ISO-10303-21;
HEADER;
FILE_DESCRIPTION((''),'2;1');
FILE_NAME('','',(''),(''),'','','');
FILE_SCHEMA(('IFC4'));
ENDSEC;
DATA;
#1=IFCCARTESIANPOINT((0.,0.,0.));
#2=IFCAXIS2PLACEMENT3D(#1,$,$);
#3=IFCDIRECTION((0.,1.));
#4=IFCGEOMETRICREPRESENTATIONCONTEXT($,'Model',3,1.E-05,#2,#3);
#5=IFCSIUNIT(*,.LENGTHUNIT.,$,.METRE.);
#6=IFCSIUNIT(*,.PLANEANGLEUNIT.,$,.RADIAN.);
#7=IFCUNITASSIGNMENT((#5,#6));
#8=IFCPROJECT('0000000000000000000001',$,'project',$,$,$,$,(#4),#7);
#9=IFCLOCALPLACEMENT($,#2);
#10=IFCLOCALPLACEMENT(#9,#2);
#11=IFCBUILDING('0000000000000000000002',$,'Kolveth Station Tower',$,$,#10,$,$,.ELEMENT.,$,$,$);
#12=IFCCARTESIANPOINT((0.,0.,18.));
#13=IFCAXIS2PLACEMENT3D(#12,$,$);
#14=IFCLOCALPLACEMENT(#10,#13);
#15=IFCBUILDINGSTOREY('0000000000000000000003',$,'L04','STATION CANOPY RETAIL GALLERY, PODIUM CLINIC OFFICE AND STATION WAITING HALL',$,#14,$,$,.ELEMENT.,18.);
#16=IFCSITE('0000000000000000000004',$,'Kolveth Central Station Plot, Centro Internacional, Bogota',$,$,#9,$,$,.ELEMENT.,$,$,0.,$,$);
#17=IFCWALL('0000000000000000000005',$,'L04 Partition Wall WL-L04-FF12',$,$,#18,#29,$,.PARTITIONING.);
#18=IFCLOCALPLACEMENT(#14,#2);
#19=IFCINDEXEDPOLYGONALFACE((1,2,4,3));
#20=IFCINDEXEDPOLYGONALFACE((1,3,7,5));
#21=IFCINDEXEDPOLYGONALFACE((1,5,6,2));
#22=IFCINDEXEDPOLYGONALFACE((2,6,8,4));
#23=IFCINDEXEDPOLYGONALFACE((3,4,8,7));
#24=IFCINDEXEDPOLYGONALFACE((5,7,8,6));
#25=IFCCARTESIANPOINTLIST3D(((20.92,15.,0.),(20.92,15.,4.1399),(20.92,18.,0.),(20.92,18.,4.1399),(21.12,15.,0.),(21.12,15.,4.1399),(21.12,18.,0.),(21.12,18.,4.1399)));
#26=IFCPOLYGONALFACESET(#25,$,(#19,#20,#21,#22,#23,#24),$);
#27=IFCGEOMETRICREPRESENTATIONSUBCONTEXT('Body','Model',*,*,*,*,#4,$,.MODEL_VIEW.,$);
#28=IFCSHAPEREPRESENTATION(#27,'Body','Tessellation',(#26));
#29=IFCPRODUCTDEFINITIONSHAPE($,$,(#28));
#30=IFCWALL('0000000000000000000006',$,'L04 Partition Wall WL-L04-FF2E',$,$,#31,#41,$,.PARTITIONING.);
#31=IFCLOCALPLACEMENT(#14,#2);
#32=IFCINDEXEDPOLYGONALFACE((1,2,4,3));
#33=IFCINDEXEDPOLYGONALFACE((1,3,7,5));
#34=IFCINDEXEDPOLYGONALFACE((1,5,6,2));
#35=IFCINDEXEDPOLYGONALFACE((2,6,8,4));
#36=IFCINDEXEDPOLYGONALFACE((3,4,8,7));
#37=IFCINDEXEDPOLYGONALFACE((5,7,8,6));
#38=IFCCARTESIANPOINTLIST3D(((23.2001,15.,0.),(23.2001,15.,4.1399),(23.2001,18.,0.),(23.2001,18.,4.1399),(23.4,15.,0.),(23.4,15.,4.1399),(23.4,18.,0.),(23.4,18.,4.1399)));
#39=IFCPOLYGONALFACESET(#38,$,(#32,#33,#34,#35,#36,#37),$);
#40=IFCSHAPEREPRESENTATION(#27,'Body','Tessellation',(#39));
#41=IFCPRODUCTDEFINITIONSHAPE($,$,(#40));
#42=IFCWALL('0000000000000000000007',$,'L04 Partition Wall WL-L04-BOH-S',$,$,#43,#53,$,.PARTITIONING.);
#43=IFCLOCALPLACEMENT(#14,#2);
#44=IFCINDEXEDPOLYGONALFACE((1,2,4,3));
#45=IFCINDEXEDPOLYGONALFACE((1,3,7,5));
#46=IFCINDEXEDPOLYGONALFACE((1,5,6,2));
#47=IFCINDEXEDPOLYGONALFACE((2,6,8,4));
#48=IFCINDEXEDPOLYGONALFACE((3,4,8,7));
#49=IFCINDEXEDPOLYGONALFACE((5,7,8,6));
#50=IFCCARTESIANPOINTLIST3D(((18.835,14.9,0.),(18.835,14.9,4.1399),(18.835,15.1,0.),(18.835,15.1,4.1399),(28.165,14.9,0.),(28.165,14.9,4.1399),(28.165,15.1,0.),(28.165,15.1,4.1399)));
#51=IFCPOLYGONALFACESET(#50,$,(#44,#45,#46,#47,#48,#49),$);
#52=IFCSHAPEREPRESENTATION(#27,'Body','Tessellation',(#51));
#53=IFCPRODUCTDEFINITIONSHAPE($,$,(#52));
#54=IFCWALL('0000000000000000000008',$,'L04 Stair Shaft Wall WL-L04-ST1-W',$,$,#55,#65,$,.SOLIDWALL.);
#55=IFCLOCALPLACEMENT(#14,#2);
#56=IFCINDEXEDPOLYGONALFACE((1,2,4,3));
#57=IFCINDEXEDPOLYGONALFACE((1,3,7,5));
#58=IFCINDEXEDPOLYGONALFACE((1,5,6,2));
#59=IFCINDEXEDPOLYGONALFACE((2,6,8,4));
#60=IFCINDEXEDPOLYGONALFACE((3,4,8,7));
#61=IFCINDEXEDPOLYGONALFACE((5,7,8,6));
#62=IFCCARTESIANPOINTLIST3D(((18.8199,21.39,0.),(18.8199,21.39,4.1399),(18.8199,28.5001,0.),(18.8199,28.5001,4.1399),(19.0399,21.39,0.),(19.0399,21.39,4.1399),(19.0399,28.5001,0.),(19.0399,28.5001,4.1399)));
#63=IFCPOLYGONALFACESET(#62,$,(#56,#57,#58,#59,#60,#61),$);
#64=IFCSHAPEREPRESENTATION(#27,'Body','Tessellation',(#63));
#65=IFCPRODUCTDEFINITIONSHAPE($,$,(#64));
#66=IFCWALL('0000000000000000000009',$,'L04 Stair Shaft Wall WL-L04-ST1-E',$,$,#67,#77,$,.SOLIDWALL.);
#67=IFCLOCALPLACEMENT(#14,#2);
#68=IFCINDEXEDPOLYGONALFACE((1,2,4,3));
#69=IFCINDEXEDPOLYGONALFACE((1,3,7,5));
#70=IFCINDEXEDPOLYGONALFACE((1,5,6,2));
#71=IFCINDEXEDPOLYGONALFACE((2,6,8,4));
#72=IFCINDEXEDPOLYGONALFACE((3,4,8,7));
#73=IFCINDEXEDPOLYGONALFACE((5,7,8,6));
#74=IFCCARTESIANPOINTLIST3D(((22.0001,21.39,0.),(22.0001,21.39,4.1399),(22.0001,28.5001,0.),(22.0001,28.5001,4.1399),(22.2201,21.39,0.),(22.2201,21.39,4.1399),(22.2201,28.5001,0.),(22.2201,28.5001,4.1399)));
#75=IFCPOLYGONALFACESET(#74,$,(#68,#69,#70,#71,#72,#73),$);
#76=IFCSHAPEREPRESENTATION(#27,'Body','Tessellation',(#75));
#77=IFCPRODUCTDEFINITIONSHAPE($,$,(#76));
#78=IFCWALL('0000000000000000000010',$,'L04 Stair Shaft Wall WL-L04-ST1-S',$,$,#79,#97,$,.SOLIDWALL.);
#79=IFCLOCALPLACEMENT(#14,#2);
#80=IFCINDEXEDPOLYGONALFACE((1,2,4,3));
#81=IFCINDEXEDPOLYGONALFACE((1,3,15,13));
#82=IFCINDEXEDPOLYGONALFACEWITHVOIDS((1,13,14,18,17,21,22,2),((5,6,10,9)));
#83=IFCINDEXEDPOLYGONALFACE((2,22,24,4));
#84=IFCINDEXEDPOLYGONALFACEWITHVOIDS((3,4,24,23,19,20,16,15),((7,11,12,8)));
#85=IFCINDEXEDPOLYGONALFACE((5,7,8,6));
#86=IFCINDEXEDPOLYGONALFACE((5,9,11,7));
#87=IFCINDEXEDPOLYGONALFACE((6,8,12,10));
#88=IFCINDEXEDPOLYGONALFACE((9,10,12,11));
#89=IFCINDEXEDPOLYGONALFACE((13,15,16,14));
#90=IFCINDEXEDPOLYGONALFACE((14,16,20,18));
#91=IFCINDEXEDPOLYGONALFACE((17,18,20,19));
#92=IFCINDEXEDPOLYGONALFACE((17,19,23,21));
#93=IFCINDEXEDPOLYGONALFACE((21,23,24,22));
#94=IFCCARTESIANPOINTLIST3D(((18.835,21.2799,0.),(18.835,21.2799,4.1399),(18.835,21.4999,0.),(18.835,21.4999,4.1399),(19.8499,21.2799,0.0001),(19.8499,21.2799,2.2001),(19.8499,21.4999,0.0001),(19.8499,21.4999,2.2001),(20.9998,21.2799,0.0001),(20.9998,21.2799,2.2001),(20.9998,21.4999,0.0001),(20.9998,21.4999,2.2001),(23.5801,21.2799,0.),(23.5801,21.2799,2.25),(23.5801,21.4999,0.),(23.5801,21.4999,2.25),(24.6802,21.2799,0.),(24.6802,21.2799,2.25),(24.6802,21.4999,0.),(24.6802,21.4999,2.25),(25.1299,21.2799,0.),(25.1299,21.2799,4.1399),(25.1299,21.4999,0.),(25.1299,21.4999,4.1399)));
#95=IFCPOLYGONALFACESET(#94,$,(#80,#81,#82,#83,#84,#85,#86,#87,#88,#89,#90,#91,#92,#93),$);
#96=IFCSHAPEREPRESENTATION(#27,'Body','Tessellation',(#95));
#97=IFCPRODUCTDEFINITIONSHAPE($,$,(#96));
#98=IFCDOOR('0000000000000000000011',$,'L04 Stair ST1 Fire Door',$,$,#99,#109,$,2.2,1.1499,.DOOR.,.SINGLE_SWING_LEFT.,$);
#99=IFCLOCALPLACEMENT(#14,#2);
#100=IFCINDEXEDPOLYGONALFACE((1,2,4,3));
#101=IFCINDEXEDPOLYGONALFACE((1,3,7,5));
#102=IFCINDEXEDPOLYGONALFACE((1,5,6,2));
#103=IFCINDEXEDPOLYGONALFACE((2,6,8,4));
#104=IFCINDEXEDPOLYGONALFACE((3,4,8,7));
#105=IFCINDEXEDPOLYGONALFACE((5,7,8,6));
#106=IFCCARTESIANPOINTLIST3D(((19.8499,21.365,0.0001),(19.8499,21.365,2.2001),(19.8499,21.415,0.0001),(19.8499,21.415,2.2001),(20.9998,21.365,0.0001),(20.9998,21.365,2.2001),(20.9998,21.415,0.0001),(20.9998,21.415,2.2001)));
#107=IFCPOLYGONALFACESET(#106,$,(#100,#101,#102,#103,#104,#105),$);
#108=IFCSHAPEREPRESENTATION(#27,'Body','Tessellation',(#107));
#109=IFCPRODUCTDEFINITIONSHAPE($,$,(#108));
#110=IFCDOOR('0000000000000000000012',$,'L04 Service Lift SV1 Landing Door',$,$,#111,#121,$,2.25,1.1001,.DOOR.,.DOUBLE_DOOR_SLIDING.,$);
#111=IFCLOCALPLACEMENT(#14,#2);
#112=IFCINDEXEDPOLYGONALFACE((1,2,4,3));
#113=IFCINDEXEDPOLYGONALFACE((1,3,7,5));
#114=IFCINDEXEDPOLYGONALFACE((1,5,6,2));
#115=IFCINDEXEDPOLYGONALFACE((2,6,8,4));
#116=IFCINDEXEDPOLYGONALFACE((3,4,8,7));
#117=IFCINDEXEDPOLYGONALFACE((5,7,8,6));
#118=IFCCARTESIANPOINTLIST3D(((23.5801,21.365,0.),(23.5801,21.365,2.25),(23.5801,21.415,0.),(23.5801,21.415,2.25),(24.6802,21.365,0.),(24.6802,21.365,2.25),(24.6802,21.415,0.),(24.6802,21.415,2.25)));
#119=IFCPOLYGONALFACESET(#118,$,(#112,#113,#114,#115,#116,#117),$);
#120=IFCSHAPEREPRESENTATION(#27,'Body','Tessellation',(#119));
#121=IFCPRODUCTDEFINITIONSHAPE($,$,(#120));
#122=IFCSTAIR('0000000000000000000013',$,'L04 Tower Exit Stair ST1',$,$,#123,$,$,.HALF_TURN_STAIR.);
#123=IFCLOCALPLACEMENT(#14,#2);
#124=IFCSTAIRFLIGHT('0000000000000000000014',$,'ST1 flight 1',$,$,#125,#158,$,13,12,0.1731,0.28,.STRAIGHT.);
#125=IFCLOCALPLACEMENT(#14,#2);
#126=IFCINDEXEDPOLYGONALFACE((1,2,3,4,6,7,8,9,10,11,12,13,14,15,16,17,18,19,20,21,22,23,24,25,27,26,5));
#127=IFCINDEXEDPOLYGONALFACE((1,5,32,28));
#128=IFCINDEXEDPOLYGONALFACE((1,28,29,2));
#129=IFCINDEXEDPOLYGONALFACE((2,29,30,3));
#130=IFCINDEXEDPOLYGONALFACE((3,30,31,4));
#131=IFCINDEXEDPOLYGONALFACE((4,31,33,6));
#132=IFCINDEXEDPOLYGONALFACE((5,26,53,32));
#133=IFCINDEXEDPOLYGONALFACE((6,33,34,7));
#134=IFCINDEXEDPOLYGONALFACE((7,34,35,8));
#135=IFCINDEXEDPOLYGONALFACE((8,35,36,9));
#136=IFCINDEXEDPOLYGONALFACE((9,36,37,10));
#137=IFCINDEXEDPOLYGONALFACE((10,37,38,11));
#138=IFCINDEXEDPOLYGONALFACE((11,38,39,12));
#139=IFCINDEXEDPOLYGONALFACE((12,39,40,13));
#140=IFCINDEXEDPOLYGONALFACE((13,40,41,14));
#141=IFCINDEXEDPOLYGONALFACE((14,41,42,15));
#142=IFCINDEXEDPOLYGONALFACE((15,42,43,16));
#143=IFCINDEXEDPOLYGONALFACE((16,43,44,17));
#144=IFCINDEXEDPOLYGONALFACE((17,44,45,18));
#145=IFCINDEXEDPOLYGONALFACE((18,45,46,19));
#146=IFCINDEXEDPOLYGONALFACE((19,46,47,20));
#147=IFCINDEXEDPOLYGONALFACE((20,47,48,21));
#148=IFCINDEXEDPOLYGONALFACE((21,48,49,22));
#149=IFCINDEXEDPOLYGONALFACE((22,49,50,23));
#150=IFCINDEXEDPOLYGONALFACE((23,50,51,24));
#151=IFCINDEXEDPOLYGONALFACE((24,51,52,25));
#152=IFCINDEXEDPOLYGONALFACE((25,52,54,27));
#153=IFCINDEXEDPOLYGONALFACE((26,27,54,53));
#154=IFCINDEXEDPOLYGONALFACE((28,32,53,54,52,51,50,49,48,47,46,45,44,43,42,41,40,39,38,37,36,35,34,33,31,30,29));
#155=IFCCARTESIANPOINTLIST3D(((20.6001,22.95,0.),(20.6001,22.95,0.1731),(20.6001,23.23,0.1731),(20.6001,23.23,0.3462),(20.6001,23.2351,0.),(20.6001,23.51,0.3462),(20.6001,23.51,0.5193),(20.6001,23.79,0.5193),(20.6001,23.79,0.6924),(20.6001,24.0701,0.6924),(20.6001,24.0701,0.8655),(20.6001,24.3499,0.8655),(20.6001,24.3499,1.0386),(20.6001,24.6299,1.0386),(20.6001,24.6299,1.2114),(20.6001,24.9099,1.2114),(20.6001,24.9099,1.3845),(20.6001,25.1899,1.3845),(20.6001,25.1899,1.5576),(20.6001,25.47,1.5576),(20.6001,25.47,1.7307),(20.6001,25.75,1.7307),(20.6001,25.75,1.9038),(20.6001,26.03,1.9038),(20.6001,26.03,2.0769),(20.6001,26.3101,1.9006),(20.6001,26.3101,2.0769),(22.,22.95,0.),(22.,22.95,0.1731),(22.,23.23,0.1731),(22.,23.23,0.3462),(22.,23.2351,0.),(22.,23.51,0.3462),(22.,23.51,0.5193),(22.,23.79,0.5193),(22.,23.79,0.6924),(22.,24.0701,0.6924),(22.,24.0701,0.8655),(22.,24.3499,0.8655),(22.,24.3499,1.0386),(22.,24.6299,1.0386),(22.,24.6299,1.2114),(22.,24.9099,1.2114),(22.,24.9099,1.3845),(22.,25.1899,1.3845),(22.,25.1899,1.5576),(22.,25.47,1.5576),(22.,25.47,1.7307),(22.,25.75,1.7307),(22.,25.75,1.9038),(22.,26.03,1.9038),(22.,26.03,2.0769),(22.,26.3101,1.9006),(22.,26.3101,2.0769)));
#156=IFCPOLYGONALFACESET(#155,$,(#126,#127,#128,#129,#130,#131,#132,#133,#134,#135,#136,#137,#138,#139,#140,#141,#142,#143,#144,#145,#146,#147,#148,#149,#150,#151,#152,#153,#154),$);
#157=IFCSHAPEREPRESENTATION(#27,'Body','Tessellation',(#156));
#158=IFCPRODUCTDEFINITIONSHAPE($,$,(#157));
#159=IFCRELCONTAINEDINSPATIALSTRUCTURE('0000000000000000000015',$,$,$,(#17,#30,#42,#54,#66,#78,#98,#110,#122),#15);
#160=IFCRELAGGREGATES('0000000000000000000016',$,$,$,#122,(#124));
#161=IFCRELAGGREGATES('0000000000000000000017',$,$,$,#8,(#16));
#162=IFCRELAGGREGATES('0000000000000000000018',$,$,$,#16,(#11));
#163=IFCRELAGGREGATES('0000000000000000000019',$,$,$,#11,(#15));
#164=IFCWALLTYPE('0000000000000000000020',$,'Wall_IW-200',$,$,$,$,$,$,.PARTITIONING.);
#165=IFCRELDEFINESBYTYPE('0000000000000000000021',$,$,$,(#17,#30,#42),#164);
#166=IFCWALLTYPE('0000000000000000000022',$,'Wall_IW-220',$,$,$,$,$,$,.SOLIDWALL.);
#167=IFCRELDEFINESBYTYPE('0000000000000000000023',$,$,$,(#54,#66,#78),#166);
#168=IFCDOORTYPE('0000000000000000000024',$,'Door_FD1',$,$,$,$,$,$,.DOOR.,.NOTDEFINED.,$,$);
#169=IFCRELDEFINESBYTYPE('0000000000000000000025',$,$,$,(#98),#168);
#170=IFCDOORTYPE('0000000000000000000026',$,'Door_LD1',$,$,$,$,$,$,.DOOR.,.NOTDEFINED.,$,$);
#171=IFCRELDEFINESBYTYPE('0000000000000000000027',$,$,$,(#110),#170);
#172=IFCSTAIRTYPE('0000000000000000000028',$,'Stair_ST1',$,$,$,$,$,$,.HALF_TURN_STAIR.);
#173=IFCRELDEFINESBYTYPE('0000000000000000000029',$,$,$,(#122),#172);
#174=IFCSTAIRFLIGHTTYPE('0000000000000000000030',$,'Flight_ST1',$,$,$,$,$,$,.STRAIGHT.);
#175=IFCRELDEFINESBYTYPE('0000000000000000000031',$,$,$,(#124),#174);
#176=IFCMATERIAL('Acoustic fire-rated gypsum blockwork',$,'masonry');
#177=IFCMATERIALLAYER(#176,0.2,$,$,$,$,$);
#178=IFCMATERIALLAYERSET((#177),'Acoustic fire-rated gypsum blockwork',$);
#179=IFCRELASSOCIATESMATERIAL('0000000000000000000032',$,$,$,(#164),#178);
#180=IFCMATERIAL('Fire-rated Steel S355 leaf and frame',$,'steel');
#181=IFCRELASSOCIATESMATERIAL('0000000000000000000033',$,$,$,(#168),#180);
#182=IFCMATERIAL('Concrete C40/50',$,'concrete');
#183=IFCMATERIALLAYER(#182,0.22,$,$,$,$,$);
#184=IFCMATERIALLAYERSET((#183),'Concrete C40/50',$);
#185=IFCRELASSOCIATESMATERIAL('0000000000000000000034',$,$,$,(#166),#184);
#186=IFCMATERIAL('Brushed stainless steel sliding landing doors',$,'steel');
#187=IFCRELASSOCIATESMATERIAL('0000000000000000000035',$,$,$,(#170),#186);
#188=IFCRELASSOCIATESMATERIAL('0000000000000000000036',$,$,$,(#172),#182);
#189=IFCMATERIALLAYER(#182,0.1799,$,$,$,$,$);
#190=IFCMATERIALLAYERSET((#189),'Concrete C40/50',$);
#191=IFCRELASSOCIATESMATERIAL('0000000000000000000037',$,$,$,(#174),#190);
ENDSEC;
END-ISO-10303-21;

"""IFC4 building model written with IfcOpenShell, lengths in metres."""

from ifc_helpers import new_model, si_unit, direction, frame, frame_2d, origin, place, context, subcontext, project, spatial, polyline, rectangle, outline, extrude, material, layer, layer_set, type_object, element, fill, aggregate, save


model = new_model("IFC4")

# Units and contexts
model_context = context("Model", 3, precision=1e-05, world=origin(), true_north=direction((0.0, 1.0)))
body_context = subcontext(model_context, "Body", "Model", "MODEL_VIEW")
ifc_project = project(units=[si_unit("LENGTHUNIT", "METRE"), si_unit("PLANEANGLEUNIT", "RADIAN")], contexts=[model_context])

# Site, building, storey
site_placement = place(None, origin())
site = spatial("IfcSite", under=ifc_project, at=site_placement, Name="Kolveth Central Station Plot, Centro Internacional, Bogota", CompositionType="ELEMENT", RefElevation=0.0)
building_placement = place(site_placement, origin())
building = spatial("IfcBuilding", under=site, at=building_placement, Name="Kolveth Station Tower", CompositionType="ELEMENT")
storey_placement = place(building_placement, frame((0.0, 0.0, 18.0)))
storey = spatial("IfcBuildingStorey", under=building, at=storey_placement, Name="L04", Description="STATION CANOPY RETAIL GALLERY, PODIUM CLINIC OFFICE AND STATION WAITING HALL", CompositionType="ELEMENT", Elevation=18.0)

# Shared definitions
ifc_material_1 = material(Name="Acoustic fire-rated gypsum blockwork", Category="masonry")
ifc_layer_1 = layer(ifc_material_1, 0.2)
ifc_layer_set_1 = layer_set([ifc_layer_1], Name="Acoustic fire-rated gypsum blockwork")
wall_type_1 = type_object("IfcWallType", Name="Wall_IW-200", PredefinedType="PARTITIONING", material=ifc_layer_set_1)

# Shared definitions
ifc_material_2 = material(Name="Fire-rated Steel S355 leaf and frame", Category="steel")
door_type_1 = type_object("IfcDoorType", Name="Door_FD1", OperationType="NOTDEFINED", PredefinedType="DOOR", material=ifc_material_2)

# Walls
for number, where, z_axis, x_axis, name in (
    (1, (21.02, 15.0, 0.0), (0.0, 0.0, 1.0), (0.0, 1.0, 0.0), "L04 Partition Wall WL-L04-FF12"),
    (2, (23.3, 15.0, 0.0), (0.0, 0.0, 1.0), (0.0, 1.0, 0.0), "L04 Partition Wall WL-L04-FF2E"),
):
    element("IfcWall", number, at=place(storey_placement, frame(where, z_axis=z_axis, x_axis=x_axis)), inside=storey, type_object=wall_type_1, Name=name, PredefinedType="PARTITIONING", context=body_context, shape_type="SweptSolid", body=[
        extrude(rectangle(XDim=3.0, YDim=0.2, at=frame_2d((1.5, 0.0))), origin(), (0.0, 0.0, 1.0), 4.1399),
    ])
wall_1_placement = place(storey_placement, frame((18.835, 15.0, 0.0), z_axis=(0.0, 0.0, 1.0), x_axis=(1.0, 0.0, 0.0)))
element("IfcWall", 3, at=wall_1_placement, inside=storey, type_object=wall_type_1, Name="L04 Partition Wall WL-L04-BOH-S", PredefinedType="PARTITIONING", context=body_context, shape_type="SweptSolid", body=[
    extrude(rectangle(XDim=9.3301, YDim=0.2, at=frame_2d((4.665, 0.0))), origin(), (0.0, 0.0, 1.0), 4.1399),
])
ifc_material_3 = material(Name="Concrete C40/50", Category="concrete")
ifc_layer_2 = layer(ifc_material_3, 0.22)
ifc_layer_set_2 = layer_set([ifc_layer_2], Name="Concrete C40/50")
wall_type_2 = type_object("IfcWallType", Name="Wall_IW-220", PredefinedType="SOLIDWALL", material=ifc_layer_set_2)
for number, where, z_axis, x_axis, name in (
    (4, (18.9299, 21.3899, 0.0), (0.0, 0.0, 1.0), (0.0, 1.0, 0.0), "L04 Stair Shaft Wall WL-L04-ST1-W"),
    (5, (22.1101, 21.3899, 0.0), (0.0, 0.0, 1.0), (0.0, 1.0, 0.0), "L04 Stair Shaft Wall WL-L04-ST1-E"),
):
    element("IfcWall", number, at=place(storey_placement, frame(where, z_axis=z_axis, x_axis=x_axis)), inside=storey, type_object=wall_type_2, Name=name, PredefinedType="SOLIDWALL", context=body_context, shape_type="SweptSolid", body=[
        extrude(rectangle(XDim=7.1101, YDim=0.22, at=frame_2d((3.5552, 0.0))), origin(), (0.0, 0.0, 1.0), 4.1399),
    ])

# Wall, openings, doors
wall_2_placement = place(storey_placement, frame((18.835, 21.3899, 0.0), z_axis=(0.0, 0.0, 1.0), x_axis=(1.0, 0.0, 0.0)))
wall_2 = element("IfcWall", 6, at=wall_2_placement, inside=storey, type_object=wall_type_2, Name="L04 Stair Shaft Wall WL-L04-ST1-S", PredefinedType="SOLIDWALL", context=body_context, shape_type="SweptSolid", body=[
    extrude(rectangle(XDim=6.2949, YDim=0.22, at=frame_2d((3.1475, 0.0))), origin(), (0.0, 0.0, 1.0), 4.1399),
])
opening_1_placement = place(wall_2_placement, frame((1.0149, 0.0, 0.0)))
opening_1 = element("IfcOpeningElement", 7, at=opening_1_placement, cuts=wall_2, PredefinedType="OPENING", context=body_context, shape_type="SweptSolid", body=[
    extrude(rectangle(XDim=1.1499, YDim=2.2, at=frame_2d((0.575, 1.1001))), frame((0.0, 0.1199, 0.0), z_axis=(0.0, -1.0, 0.0), x_axis=(1.0, 0.0, 0.0)), (0.0, 0.0, 1.0), 0.24),
])
opening_2_placement = place(wall_2_placement, frame((4.7451, 0.0, 0.0)))
opening_2 = element("IfcOpeningElement", 8, at=opening_2_placement, cuts=wall_2, PredefinedType="OPENING", context=body_context, shape_type="SweptSolid", body=[
    extrude(rectangle(XDim=1.1001, YDim=2.25, at=frame_2d((0.55, 1.125))), frame((0.0, 0.1199, 0.0), z_axis=(0.0, -1.0, 0.0), x_axis=(1.0, 0.0, 0.0)), (0.0, 0.0, 1.0), 0.24),
])
door_1_placement = place(opening_1_placement, frame((1.1499, 0.0, 0.0), z_axis=(0.0, 0.0, 1.0), x_axis=(-1.0, 0.0, 0.0)))
door_1 = element("IfcDoor", 9, at=door_1_placement, inside=storey, type_object=door_type_1, Name="L04 Stair ST1 Fire Door", OperationType="SINGLE_SWING_LEFT", OverallHeight=2.2, OverallWidth=1.1499, PredefinedType="DOOR", context=body_context, shape_type="SweptSolid", body=[
    extrude(rectangle(XDim=1.1499, YDim=2.2, at=frame_2d((0.575, 1.1001))), frame((0.0, 0.0249, 0.0), z_axis=(0.0, -1.0, 0.0), x_axis=(1.0, 0.0, 0.0)), (0.0, 0.0, 1.0), 0.05),
])
fill(opening_1, door_1)
ifc_material_4 = material(Name="Brushed stainless steel sliding landing doors", Category="steel")
door_type_2 = type_object("IfcDoorType", Name="Door_LD1", OperationType="NOTDEFINED", PredefinedType="DOOR", material=ifc_material_4)
door_2_placement = place(opening_2_placement, frame((1.1001, 0.0, 0.0), z_axis=(0.0, 0.0, 1.0), x_axis=(-1.0, 0.0, 0.0)))
door_2 = element("IfcDoor", 10, at=door_2_placement, inside=storey, type_object=door_type_2, Name="L04 Service Lift SV1 Landing Door", OperationType="DOUBLE_DOOR_SLIDING", OverallHeight=2.25, OverallWidth=1.1001, PredefinedType="DOOR", context=body_context, shape_type="SweptSolid", body=[
    extrude(rectangle(XDim=1.1001, YDim=2.25, at=frame_2d((0.55, 1.125))), frame((0.0, 0.0249, 0.0), z_axis=(0.0, -1.0, 0.0), x_axis=(1.0, 0.0, 0.0)), (0.0, 0.0, 1.0), 0.05),
])
fill(opening_2, door_2)

# Stair, stair flight
stair_type = type_object("IfcStairType", Name="Stair_ST1", PredefinedType="HALF_TURN_STAIR", material=ifc_material_3)
stair_placement = place(storey_placement, origin())
stair = element("IfcStair", 11, at=stair_placement, inside=storey, type_object=stair_type, Name="L04 Tower Exit Stair ST1", PredefinedType="HALF_TURN_STAIR")
ifc_layer_3 = layer(ifc_material_3, 0.1799)
ifc_layer_set_3 = layer_set([ifc_layer_3], Name="Concrete C40/50")
stair_flight_type = type_object("IfcStairFlightType", Name="Flight_ST1", PredefinedType="STRAIGHT", material=ifc_layer_set_3)
stair_flight_placement = place(storey_placement, frame((21.3, 22.95, 0.0), z_axis=(0.0, 0.0, 1.0), x_axis=(0.0, 1.0, 0.0)))
stair_flight = element("IfcStairFlight", 12, at=stair_flight_placement, type_object=stair_flight_type, Name="ST1 flight 1", NumberOfRisers=13, NumberOfTreads=12, PredefinedType="STRAIGHT", RiserHeight=0.1731, TreadLength=0.28, context=body_context, shape_type="SweptSolid", body=[
    extrude(outline(polyline([(0.0, 0.0), (0.0, 0.1731), (0.28, 0.1731), (0.28, 0.3462), (0.5601, 0.3462), (0.5601, 0.5193), (0.8401, 0.5193), (0.8401, 0.6924), (1.1201, 0.6924), (1.1201, 0.8655), (1.3999, 0.8655), (1.3999, 1.0386), (1.6799, 1.0386), (1.6799, 1.2114), (1.96, 1.2114), (1.96, 1.3845), (2.24, 1.3845), (2.24, 1.5576), (2.52, 1.5576), (2.52, 1.7307), (2.8, 1.7307), (2.8, 1.9038), (3.0801, 1.9038), (3.0801, 2.0769), (3.3601, 2.0769), (3.3601, 2.25), (3.3601, 1.9006), (0.2852, 0.0), (0.0, 0.0)])), frame((0.0, 0.7, 0.0), z_axis=(0.0, -1.0, 0.0), x_axis=(1.0, 0.0, 0.0)), (0.0, 0.0, 1.0), 1.3999),
])
aggregate(stair, [stair_flight])

save(model, "model.ifc")
